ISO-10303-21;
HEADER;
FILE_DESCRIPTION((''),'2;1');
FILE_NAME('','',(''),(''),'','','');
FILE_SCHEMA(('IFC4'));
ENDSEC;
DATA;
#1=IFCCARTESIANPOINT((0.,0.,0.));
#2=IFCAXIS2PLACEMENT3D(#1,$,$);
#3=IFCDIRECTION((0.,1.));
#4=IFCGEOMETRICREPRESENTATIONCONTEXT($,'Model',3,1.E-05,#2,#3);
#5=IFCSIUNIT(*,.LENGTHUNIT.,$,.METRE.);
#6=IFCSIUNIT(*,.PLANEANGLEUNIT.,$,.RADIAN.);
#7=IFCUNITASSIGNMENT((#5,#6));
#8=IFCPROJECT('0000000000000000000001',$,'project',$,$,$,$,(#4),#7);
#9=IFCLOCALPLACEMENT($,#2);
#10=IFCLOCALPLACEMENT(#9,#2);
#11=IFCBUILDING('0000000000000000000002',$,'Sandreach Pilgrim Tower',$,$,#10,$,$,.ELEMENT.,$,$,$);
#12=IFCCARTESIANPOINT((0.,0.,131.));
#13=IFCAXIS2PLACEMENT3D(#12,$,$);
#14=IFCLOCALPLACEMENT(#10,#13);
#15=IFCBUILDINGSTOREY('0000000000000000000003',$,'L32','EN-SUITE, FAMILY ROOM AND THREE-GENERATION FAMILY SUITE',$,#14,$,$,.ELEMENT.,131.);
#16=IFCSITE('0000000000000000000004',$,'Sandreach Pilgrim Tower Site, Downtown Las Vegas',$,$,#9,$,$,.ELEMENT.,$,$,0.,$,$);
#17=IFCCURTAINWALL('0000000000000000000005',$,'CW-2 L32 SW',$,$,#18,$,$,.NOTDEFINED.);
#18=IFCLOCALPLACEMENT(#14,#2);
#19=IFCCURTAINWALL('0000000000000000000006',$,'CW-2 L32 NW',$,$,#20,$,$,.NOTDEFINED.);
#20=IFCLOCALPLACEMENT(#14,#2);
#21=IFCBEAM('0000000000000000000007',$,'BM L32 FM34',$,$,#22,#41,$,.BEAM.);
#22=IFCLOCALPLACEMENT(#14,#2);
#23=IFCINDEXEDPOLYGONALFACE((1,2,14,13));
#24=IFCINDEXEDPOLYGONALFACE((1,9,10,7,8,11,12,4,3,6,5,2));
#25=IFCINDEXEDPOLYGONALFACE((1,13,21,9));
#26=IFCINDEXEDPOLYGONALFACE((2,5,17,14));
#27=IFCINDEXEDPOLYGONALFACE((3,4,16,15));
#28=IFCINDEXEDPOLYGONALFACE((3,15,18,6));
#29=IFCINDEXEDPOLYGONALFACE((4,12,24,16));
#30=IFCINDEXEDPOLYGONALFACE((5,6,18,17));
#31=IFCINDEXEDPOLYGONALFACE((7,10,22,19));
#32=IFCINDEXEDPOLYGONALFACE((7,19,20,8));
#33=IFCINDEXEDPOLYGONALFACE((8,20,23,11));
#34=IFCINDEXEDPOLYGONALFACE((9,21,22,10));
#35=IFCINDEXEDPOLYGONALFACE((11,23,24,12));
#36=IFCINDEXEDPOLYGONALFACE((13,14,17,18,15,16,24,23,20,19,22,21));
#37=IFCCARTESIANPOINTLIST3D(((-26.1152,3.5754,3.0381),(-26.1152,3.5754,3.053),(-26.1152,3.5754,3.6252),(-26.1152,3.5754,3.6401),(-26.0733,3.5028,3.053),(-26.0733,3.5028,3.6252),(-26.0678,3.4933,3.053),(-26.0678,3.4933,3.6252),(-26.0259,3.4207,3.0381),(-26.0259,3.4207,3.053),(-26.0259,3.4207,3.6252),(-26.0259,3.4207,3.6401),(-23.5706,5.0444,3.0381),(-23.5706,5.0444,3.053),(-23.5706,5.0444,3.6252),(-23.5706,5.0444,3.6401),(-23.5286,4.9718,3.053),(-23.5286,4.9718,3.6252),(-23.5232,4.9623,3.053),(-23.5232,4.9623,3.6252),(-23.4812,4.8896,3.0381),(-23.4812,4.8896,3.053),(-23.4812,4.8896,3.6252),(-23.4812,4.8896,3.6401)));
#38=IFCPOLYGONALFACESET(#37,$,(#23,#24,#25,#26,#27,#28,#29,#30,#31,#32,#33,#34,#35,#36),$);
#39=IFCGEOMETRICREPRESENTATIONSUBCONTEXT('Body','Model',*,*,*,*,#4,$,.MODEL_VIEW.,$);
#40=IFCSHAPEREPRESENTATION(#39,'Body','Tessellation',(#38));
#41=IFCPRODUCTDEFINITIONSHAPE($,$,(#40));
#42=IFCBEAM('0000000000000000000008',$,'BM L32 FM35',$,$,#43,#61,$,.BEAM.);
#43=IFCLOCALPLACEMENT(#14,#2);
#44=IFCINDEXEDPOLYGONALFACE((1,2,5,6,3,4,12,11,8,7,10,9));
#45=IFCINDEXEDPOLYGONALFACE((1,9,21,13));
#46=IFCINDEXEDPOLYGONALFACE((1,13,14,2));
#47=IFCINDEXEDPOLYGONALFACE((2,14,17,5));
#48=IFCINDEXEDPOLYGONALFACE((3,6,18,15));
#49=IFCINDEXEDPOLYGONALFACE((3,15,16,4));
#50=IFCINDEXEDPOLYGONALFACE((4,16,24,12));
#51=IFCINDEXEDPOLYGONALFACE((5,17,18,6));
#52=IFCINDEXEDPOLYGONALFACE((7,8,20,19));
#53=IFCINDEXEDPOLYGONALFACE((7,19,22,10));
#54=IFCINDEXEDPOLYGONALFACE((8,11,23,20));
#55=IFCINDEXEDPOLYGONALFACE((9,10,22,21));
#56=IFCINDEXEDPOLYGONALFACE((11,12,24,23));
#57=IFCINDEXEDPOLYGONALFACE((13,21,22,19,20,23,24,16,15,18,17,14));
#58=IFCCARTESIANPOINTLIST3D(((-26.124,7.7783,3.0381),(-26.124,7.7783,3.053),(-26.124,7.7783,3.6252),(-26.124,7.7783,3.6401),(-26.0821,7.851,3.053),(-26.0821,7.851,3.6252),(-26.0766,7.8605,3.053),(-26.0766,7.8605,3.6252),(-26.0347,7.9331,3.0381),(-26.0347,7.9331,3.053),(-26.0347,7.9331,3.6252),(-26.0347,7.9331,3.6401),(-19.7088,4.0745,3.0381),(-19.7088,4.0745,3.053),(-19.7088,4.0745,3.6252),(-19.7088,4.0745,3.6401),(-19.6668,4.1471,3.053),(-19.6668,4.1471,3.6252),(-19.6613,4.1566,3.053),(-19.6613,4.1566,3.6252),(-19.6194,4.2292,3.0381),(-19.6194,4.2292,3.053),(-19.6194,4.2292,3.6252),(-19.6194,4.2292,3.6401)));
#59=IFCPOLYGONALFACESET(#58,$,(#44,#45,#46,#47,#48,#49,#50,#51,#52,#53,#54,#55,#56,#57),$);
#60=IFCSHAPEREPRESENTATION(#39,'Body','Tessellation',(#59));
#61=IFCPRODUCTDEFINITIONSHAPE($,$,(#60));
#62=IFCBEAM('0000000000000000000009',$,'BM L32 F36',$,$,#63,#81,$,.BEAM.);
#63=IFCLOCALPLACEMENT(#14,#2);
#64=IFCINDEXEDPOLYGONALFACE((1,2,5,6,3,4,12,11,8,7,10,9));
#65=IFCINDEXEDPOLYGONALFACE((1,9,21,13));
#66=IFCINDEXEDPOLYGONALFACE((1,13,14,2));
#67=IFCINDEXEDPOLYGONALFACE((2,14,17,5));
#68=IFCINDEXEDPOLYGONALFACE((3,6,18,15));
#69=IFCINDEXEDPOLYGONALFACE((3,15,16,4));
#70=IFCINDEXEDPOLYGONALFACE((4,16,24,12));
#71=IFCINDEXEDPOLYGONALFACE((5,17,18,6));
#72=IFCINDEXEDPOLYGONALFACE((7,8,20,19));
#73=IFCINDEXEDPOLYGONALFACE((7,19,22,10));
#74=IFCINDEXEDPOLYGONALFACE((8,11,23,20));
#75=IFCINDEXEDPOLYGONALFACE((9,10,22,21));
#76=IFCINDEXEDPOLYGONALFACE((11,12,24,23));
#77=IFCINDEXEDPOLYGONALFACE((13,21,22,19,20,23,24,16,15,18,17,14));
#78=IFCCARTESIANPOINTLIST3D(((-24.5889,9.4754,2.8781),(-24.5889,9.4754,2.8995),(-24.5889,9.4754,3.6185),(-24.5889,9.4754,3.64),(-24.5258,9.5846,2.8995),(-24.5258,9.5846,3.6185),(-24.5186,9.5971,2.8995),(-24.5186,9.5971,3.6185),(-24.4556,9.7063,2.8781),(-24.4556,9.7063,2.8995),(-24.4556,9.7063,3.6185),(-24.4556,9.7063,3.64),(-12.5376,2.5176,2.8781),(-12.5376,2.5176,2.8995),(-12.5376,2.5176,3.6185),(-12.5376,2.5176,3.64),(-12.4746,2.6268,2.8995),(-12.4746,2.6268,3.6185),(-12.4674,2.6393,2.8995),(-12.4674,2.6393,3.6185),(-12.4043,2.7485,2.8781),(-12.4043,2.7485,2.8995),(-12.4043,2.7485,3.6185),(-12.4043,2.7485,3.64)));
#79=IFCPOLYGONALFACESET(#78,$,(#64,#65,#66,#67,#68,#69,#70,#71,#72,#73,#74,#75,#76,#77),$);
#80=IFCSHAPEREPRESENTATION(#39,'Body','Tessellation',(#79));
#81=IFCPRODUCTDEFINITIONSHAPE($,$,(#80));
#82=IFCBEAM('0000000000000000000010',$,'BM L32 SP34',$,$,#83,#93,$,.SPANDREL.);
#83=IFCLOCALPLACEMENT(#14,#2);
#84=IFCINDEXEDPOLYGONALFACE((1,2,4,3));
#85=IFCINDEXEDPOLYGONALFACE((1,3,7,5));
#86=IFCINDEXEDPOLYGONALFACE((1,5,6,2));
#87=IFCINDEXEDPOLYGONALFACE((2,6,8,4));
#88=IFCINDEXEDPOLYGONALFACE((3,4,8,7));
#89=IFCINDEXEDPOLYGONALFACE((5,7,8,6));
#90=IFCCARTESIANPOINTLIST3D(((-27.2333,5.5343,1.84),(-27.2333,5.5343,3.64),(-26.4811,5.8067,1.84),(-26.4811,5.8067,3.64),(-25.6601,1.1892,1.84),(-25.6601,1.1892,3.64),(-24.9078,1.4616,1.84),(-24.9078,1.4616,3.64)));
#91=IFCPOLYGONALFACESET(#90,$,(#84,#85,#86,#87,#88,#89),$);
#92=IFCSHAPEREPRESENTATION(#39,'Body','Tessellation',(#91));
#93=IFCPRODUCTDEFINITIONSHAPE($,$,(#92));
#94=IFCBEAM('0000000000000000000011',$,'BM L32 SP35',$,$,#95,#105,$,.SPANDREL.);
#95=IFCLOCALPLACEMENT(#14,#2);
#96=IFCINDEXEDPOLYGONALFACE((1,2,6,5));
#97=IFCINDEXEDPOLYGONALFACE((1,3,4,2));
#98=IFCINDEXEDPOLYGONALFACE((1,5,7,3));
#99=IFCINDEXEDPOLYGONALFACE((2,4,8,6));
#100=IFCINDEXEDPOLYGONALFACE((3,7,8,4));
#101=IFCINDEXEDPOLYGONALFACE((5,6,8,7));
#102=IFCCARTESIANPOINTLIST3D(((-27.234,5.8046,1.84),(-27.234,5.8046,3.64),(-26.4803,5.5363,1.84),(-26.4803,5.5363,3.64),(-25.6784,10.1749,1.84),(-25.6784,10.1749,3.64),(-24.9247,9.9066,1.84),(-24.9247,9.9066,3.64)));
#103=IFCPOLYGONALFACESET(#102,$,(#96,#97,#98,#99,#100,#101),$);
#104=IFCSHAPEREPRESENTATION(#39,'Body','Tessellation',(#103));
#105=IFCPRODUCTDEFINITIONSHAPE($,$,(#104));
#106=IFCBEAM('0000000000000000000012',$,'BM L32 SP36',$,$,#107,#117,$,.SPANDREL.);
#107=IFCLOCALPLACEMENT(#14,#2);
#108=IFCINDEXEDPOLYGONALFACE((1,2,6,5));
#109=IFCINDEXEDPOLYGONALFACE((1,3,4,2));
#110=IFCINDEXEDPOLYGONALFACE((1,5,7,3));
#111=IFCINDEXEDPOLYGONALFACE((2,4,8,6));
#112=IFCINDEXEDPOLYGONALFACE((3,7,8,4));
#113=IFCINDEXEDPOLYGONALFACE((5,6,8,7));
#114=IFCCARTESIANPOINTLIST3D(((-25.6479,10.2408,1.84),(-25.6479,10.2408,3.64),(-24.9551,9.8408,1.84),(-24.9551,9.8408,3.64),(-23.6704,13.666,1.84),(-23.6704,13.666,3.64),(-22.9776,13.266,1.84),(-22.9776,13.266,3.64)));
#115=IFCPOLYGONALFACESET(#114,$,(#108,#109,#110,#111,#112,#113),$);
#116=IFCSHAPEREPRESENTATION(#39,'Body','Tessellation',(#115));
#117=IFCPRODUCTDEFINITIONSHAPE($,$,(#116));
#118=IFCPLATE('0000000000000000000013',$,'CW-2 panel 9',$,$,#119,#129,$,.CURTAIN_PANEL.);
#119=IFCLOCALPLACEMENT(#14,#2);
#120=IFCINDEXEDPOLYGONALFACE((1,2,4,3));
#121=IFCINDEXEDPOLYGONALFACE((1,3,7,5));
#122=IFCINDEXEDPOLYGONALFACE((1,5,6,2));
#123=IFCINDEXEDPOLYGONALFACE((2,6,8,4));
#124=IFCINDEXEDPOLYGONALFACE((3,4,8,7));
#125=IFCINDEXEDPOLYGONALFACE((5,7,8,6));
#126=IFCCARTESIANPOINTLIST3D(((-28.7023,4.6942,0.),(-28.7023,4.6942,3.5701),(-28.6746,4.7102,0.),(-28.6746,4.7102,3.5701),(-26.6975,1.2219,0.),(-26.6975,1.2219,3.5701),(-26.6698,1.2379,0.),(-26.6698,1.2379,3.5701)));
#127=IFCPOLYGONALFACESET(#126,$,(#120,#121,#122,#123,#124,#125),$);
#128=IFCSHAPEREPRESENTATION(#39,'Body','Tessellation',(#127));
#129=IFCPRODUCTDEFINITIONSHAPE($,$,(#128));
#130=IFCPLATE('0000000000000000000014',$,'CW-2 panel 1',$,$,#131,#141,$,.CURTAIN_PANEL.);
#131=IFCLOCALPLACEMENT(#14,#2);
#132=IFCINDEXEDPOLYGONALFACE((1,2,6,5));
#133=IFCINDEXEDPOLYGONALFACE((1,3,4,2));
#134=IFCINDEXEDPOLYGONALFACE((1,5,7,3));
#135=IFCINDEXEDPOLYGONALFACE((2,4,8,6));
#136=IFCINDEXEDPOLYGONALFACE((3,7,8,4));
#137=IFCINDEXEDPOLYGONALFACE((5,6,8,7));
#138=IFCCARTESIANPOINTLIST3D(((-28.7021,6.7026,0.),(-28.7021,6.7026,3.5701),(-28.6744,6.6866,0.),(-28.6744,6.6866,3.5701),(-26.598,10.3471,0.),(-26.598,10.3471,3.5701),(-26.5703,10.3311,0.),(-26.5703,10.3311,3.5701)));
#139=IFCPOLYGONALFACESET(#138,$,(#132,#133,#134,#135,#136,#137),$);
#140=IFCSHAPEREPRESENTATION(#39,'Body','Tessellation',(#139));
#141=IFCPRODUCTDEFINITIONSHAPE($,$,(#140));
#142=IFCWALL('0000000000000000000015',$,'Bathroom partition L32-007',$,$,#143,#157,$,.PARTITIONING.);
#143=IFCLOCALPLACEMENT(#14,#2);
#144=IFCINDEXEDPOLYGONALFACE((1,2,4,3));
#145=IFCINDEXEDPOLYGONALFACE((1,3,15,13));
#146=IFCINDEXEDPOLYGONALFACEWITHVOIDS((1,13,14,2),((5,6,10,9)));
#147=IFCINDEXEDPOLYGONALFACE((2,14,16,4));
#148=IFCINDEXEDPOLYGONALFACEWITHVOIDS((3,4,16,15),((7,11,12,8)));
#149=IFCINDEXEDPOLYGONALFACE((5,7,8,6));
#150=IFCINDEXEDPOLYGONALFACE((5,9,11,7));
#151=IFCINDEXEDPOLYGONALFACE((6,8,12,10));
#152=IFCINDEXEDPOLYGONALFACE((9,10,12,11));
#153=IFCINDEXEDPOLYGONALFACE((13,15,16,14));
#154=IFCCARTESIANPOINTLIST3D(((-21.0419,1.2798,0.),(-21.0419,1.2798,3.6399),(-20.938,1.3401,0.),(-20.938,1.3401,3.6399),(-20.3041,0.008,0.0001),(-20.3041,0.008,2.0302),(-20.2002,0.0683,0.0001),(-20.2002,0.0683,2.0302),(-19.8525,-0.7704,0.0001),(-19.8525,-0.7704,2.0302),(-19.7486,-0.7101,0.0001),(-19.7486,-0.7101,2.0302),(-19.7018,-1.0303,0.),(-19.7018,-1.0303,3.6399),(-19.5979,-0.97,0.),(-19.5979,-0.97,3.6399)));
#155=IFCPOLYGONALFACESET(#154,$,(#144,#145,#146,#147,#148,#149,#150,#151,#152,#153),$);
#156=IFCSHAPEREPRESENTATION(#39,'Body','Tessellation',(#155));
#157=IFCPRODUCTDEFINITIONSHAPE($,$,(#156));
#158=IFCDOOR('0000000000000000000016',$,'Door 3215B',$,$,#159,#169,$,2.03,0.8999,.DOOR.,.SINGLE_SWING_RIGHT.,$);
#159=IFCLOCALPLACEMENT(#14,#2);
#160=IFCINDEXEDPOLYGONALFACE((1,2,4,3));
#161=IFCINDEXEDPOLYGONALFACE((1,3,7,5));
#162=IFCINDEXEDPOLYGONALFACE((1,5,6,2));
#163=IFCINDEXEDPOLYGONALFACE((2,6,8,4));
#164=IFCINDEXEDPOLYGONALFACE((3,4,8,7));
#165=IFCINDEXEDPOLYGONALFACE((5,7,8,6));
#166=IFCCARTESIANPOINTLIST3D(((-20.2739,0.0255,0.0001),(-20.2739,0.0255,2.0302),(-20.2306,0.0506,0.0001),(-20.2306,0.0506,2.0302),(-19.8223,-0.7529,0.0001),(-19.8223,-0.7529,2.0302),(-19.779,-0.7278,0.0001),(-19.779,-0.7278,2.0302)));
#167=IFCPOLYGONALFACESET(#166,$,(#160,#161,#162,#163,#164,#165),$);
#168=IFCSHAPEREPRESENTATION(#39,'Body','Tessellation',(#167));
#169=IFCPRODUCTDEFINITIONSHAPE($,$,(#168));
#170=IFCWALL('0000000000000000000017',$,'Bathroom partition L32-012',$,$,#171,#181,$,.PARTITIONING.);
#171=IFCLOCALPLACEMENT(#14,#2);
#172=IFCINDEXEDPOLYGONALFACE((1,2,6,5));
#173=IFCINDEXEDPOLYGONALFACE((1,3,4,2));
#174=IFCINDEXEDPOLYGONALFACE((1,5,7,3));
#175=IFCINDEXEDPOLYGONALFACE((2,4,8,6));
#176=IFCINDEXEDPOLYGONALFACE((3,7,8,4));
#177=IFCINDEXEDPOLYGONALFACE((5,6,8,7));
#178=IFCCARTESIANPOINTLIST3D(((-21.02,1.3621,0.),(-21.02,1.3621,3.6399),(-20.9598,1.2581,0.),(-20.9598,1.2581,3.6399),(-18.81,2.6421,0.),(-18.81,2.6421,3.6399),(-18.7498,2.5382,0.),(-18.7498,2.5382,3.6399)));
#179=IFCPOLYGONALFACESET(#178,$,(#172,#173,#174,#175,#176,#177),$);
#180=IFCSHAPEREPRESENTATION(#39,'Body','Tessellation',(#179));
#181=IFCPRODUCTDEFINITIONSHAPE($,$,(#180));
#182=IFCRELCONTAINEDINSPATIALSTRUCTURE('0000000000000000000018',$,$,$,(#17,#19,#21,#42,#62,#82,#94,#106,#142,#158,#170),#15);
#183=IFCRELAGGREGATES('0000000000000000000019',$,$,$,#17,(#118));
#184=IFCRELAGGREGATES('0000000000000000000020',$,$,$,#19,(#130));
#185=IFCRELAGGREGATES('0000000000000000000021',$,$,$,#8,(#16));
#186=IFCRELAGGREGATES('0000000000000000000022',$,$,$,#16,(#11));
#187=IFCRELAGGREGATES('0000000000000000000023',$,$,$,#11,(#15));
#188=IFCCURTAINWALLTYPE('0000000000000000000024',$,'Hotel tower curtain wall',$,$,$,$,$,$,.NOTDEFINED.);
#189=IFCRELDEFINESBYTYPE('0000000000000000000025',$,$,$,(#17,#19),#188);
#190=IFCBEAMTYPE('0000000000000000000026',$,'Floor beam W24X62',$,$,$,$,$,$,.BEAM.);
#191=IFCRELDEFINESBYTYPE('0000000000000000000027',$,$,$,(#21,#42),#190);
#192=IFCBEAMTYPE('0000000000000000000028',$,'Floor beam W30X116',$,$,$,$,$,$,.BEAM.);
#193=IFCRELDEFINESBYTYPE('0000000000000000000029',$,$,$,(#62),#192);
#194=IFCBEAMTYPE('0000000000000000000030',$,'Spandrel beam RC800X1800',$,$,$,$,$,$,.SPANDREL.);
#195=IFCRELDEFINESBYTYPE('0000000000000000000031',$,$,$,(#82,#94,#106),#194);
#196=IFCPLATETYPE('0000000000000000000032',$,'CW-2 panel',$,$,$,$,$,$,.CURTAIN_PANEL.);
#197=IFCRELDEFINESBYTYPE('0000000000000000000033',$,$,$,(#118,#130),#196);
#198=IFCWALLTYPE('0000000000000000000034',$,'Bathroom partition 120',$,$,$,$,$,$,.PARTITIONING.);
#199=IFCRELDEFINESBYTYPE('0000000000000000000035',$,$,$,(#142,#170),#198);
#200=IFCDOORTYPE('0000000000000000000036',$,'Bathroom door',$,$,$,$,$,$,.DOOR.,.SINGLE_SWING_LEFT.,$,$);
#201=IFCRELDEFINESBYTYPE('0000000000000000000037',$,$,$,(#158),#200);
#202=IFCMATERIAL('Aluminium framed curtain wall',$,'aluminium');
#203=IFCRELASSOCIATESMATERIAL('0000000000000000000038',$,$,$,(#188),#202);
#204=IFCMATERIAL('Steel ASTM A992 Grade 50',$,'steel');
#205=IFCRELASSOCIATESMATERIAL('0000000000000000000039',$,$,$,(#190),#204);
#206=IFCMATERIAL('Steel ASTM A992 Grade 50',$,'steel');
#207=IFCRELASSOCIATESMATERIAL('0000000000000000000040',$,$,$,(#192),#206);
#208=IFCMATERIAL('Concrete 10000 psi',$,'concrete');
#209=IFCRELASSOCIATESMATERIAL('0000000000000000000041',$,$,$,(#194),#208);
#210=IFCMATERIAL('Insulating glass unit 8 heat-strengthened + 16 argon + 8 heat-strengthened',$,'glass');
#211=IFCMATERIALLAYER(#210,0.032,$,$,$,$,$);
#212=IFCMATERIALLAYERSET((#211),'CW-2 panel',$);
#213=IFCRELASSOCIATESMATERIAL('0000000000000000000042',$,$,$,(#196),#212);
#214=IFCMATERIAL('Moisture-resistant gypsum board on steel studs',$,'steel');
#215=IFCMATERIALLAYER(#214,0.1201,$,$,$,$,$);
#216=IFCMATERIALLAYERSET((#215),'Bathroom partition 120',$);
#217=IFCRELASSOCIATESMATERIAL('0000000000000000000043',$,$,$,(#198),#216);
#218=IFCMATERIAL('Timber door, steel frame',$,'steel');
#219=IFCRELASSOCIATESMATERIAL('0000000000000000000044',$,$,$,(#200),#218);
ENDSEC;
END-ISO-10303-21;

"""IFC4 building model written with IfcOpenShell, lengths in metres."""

from ifc_helpers import new_model, si_unit, direction, frame, frame_2d, origin, origin_2d, place, context, subcontext, project, spatial, rectangle, i_section, extrude, material, layer, layer_set, material_profile, profile_set, type_object, element, fill, aggregate, save


model = new_model("IFC4")

# Units and contexts
model_context = context("Model", 3, precision=1e-05, world=origin(), true_north=direction((0.0, 1.0)))
body_context = subcontext(model_context, "Body", "Model", "MODEL_VIEW")
ifc_project = project(units=[si_unit("LENGTHUNIT", "METRE"), si_unit("PLANEANGLEUNIT", "RADIAN")], contexts=[model_context])

# Site, building, storey
site_placement = place(None, origin())
site = spatial("IfcSite", under=ifc_project, at=site_placement, Name="Sandreach Pilgrim Tower Site, Downtown Las Vegas", CompositionType="ELEMENT", RefElevation=0.0)
building_placement = place(site_placement, origin())
building = spatial("IfcBuilding", under=site, at=building_placement, Name="Sandreach Pilgrim Tower", CompositionType="ELEMENT")
storey_placement = place(building_placement, frame((0.0, 0.0, 131.0)))
storey = spatial("IfcBuildingStorey", under=building, at=storey_placement, Name="L32", Description="EN-SUITE, FAMILY ROOM AND THREE-GENERATION FAMILY SUITE", CompositionType="ELEMENT", Elevation=131.0)

# Curtain wall
ifc_material_1 = material(Name="Aluminium framed curtain wall", Category="aluminium")
curtain_wall_type = type_object("IfcCurtainWallType", Name="Hotel tower curtain wall", PredefinedType="NOTDEFINED", material=ifc_material_1)
curtain_wall_1_placement = place(storey_placement, origin())
curtain_wall_1 = element("IfcCurtainWall", 1, at=curtain_wall_1_placement, inside=storey, type_object=curtain_wall_type, Name="CW-2 L32 SW", PredefinedType="NOTDEFINED")

# Curtain wall
curtain_wall_2_placement = place(storey_placement, origin())
curtain_wall_2 = element("IfcCurtainWall", 2, at=curtain_wall_2_placement, inside=storey, type_object=curtain_wall_type, Name="CW-2 L32 NW", PredefinedType="NOTDEFINED")

# Beams
ifc_material_2 = material(Name="Steel ASTM A992 Grade 50", Category="steel")
ifc_material_profile_1 = material_profile(ifc_material_2, i_section(OverallWidth=0.1787, OverallDepth=0.6021, WebThickness=0.011, FlangeThickness=0.0149, at=origin_2d()), Name="W24X62")
ifc_profile_set_1 = profile_set([ifc_material_profile_1], Name="Steel ASTM A992 Grade 50")
beam_type_1 = type_object("IfcBeamType", Name="Floor beam W24X62", PredefinedType="BEAM", material=ifc_profile_set_1)
beam_1_placement = place(storey_placement, frame((-26.0706, 3.498, 3.3391), z_axis=(0.866051, 0.499955, 0.0), x_axis=(-0.499955, 0.866051, 0.0)))
element("IfcBeam", 3, at=beam_1_placement, inside=storey, type_object=beam_type_1, Name="BM L32 FM34", PredefinedType="BEAM", context=body_context, shape_type="SweptSolid", body=[
    extrude(i_section(OverallWidth=0.1787, OverallDepth=0.6021, WebThickness=0.011, FlangeThickness=0.0149, at=origin_2d()), origin(), (0.0, 0.0, 1.0), 2.9382),
])
beam_2_placement = place(storey_placement, frame((-26.0793, 7.8557, 3.3391), z_axis=(0.866026, -0.499999, 0.0), x_axis=(0.499999, 0.866026, 0.0)))
element("IfcBeam", 4, at=beam_2_placement, inside=storey, type_object=beam_type_1, Name="BM L32 FM35", PredefinedType="BEAM", context=body_context, shape_type="SweptSolid", body=[
    extrude(i_section(OverallWidth=0.1787, OverallDepth=0.6021, WebThickness=0.011, FlangeThickness=0.0149, at=origin_2d()), origin(), (0.0, 0.0, 1.0), 7.4077),
])
ifc_material_3 = material(Name="Steel ASTM A992 Grade 50", Category="steel")
ifc_material_profile_2 = material_profile(ifc_material_3, i_section(OverallWidth=0.2666, OverallDepth=0.762, WebThickness=0.0144, FlangeThickness=0.0215, at=origin_2d()), Name="W30X116")
ifc_profile_set_2 = profile_set([ifc_material_profile_2], Name="Steel ASTM A992 Grade 50")
beam_type_2 = type_object("IfcBeamType", Name="Floor beam W30X116", PredefinedType="BEAM", material=ifc_profile_set_2)
beam_3_placement = place(storey_placement, frame((-24.5222, 9.5908, 3.259), z_axis=(0.866027, -0.499998, 0.0), x_axis=(0.499998, 0.866027, 0.0)))
element("IfcBeam", 5, at=beam_3_placement, inside=storey, type_object=beam_type_2, Name="BM L32 F36", PredefinedType="BEAM", context=body_context, shape_type="SweptSolid", body=[
    extrude(i_section(OverallWidth=0.2666, OverallDepth=0.762, WebThickness=0.0144, FlangeThickness=0.0215, at=origin_2d()), origin(), (0.0, 0.0, 1.0), 13.9155),
])
ifc_material_4 = material(Name="Concrete 10000 psi", Category="concrete")
ifc_material_profile_3 = material_profile(ifc_material_4, rectangle(XDim=0.8, YDim=1.8, at=origin_2d()), Name="RC800X1800")
ifc_profile_set_3 = profile_set([ifc_material_profile_3], Name="Concrete 10000 psi")
beam_type_3 = type_object("IfcBeamType", Name="Spandrel beam RC800X1800", PredefinedType="SPANDREL", material=ifc_profile_set_3)
beam_4_placement = place(storey_placement, frame((-25.2839, 1.3254, 2.74), z_axis=(-0.340453, 0.940261, 0.0), x_axis=(-0.940261, -0.340453, 0.0)))
element("IfcBeam", 6, at=beam_4_placement, inside=storey, type_object=beam_type_3, Name="BM L32 SP34", PredefinedType="SPANDREL", context=body_context, shape_type="SweptSolid", body=[
    extrude(rectangle(XDim=0.8, YDim=1.8, at=origin_2d()), origin(), (0.0, 0.0, 1.0), 4.6211),
])
beam_5_placement = place(storey_placement, frame((-26.8572, 5.6704, 2.74), z_axis=(0.335346, 0.942095, 0.0), x_axis=(-0.942095, 0.335346, 0.0)))
element("IfcBeam", 7, at=beam_5_placement, inside=storey, type_object=beam_type_3, Name="BM L32 SP35", PredefinedType="SPANDREL", context=body_context, shape_type="SweptSolid", body=[
    extrude(rectangle(XDim=0.8, YDim=1.8, at=origin_2d()), origin(), (0.0, 0.0, 1.0), 4.6389),
])
beam_6_placement = place(storey_placement, frame((-25.3015, 10.0408, 2.74), z_axis=(0.49999, 0.866031, 0.0), x_axis=(-0.866031, 0.49999, 0.0)))
element("IfcBeam", 8, at=beam_6_placement, inside=storey, type_object=beam_type_3, Name="BM L32 SP36", PredefinedType="SPANDREL", context=body_context, shape_type="SweptSolid", body=[
    extrude(rectangle(XDim=0.8, YDim=1.8, at=origin_2d()), origin(), (0.0, 0.0, 1.0), 3.9551),
])

# Plates
ifc_material_5 = material(Name="Insulating glass unit 8 heat-strengthened + 16 argon + 8 heat-strengthened", Category="glass")
ifc_layer_1 = layer(ifc_material_5, 0.032)
ifc_layer_set_1 = layer_set([ifc_layer_1], Name="CW-2 panel")
plate_type = type_object("IfcPlateType", Name="CW-2 panel", PredefinedType="CURTAIN_PANEL", material=ifc_layer_set_1)
plate_1_placement = place(storey_placement, frame((-27.686, 2.9661, 0.0), z_axis=(0.0, 0.0, 1.0), x_axis=(-0.5, 0.866025, 0.0)))
plate_1 = element("IfcPlate", 9, at=plate_1_placement, type_object=plate_type, Name="CW-2 panel 9", PredefinedType="CURTAIN_PANEL", context=body_context, shape_type="SweptSolid", body=[
    extrude(rectangle(XDim=4.0095, YDim=0.032, at=origin_2d()), origin(), (0.0, 0.0, 1.0), 3.5701),
])
aggregate(curtain_wall_1, [plate_1])
plate_2_placement = place(storey_placement, frame((-27.6362, 8.5168, 0.0), z_axis=(0.0, 0.0, 1.0), x_axis=(0.5, 0.866025, 0.0)))
plate_2 = element("IfcPlate", 10, at=plate_2_placement, type_object=plate_type, Name="CW-2 panel 1", PredefinedType="CURTAIN_PANEL", context=body_context, shape_type="SweptSolid", body=[
    extrude(rectangle(XDim=4.2083, YDim=0.032, at=origin_2d()), origin(), (0.0, 0.0, 1.0), 3.5701),
])
aggregate(curtain_wall_2, [plate_2])

# Wall, opening, door
ifc_material_6 = material(Name="Moisture-resistant gypsum board on steel studs", Category="steel")
ifc_layer_2 = layer(ifc_material_6, 0.1201)
ifc_layer_set_2 = layer_set([ifc_layer_2], Name="Bathroom partition 120")
wall_type_1 = type_object("IfcWallType", Name="Bathroom partition 120", PredefinedType="PARTITIONING", material=ifc_layer_set_2)
wall_1_placement = place(storey_placement, frame((-20.99, 1.3101, 0.0), z_axis=(0.0, 0.0, 1.0), x_axis=(0.501789, -0.86499, 0.0)))
wall_1 = element("IfcWall", 11, at=wall_1_placement, inside=storey, type_object=wall_type_1, Name="Bathroom partition L32-007", PredefinedType="PARTITIONING", context=body_context, shape_type="SweptSolid", body=[
    extrude(rectangle(XDim=2.6707, YDim=0.1201, at=frame_2d((1.3354, 0.0))), origin(), (0.0, 0.0, 1.0), 3.6399),
])
opening_1_placement = place(wall_1_placement, frame((1.4705, 0.0, 0.0)))
opening_1 = element("IfcOpeningElement", 12, at=opening_1_placement, cuts=wall_1, PredefinedType="OPENING", context=body_context, shape_type="SweptSolid", body=[
    extrude(rectangle(XDim=0.8999, YDim=2.03, at=frame_2d((0.45, 1.0151))), frame((0.0, 0.0601, 0.0), z_axis=(0.0, -1.0, 0.0), x_axis=(1.0, 0.0, 0.0)), (0.0, 0.0, 1.0), 0.1201),
])
ifc_material_7 = material(Name="Timber door, steel frame", Category="steel")
door_type_1 = type_object("IfcDoorType", Name="Bathroom door", OperationType="SINGLE_SWING_LEFT", PredefinedType="DOOR", material=ifc_material_7)
door_1_placement = place(opening_1_placement, origin())
door_1 = element("IfcDoor", 13, at=door_1_placement, inside=storey, type_object=door_type_1, Name="Door 3215B", OperationType="SINGLE_SWING_RIGHT", OverallHeight=2.03, OverallWidth=0.8999, PredefinedType="DOOR", context=body_context, shape_type="SweptSolid", body=[
    extrude(rectangle(XDim=0.8999, YDim=2.03, at=frame_2d((0.45, 1.0151))), frame((0.0, 0.0249, 0.0), z_axis=(0.0, -1.0, 0.0), x_axis=(1.0, 0.0, 0.0)), (0.0, 0.0, 1.0), 0.05),
])
fill(opening_1, door_1)

# Wall
wall_2_placement = place(storey_placement, frame((-18.78, 2.5901, 0.0), z_axis=(0.0, 0.0, 1.0), x_axis=(-0.865328, -0.501206, 0.0)))
element("IfcWall", 14, at=wall_2_placement, inside=storey, type_object=wall_type_1, Name="Bathroom partition L32-012", PredefinedType="PARTITIONING", context=body_context, shape_type="SweptSolid", body=[
    extrude(rectangle(XDim=2.554, YDim=0.1201, at=frame_2d((1.2769, 0.0))), origin(), (0.0, 0.0, 1.0), 3.6399),
])

save(model, "model.ifc")
